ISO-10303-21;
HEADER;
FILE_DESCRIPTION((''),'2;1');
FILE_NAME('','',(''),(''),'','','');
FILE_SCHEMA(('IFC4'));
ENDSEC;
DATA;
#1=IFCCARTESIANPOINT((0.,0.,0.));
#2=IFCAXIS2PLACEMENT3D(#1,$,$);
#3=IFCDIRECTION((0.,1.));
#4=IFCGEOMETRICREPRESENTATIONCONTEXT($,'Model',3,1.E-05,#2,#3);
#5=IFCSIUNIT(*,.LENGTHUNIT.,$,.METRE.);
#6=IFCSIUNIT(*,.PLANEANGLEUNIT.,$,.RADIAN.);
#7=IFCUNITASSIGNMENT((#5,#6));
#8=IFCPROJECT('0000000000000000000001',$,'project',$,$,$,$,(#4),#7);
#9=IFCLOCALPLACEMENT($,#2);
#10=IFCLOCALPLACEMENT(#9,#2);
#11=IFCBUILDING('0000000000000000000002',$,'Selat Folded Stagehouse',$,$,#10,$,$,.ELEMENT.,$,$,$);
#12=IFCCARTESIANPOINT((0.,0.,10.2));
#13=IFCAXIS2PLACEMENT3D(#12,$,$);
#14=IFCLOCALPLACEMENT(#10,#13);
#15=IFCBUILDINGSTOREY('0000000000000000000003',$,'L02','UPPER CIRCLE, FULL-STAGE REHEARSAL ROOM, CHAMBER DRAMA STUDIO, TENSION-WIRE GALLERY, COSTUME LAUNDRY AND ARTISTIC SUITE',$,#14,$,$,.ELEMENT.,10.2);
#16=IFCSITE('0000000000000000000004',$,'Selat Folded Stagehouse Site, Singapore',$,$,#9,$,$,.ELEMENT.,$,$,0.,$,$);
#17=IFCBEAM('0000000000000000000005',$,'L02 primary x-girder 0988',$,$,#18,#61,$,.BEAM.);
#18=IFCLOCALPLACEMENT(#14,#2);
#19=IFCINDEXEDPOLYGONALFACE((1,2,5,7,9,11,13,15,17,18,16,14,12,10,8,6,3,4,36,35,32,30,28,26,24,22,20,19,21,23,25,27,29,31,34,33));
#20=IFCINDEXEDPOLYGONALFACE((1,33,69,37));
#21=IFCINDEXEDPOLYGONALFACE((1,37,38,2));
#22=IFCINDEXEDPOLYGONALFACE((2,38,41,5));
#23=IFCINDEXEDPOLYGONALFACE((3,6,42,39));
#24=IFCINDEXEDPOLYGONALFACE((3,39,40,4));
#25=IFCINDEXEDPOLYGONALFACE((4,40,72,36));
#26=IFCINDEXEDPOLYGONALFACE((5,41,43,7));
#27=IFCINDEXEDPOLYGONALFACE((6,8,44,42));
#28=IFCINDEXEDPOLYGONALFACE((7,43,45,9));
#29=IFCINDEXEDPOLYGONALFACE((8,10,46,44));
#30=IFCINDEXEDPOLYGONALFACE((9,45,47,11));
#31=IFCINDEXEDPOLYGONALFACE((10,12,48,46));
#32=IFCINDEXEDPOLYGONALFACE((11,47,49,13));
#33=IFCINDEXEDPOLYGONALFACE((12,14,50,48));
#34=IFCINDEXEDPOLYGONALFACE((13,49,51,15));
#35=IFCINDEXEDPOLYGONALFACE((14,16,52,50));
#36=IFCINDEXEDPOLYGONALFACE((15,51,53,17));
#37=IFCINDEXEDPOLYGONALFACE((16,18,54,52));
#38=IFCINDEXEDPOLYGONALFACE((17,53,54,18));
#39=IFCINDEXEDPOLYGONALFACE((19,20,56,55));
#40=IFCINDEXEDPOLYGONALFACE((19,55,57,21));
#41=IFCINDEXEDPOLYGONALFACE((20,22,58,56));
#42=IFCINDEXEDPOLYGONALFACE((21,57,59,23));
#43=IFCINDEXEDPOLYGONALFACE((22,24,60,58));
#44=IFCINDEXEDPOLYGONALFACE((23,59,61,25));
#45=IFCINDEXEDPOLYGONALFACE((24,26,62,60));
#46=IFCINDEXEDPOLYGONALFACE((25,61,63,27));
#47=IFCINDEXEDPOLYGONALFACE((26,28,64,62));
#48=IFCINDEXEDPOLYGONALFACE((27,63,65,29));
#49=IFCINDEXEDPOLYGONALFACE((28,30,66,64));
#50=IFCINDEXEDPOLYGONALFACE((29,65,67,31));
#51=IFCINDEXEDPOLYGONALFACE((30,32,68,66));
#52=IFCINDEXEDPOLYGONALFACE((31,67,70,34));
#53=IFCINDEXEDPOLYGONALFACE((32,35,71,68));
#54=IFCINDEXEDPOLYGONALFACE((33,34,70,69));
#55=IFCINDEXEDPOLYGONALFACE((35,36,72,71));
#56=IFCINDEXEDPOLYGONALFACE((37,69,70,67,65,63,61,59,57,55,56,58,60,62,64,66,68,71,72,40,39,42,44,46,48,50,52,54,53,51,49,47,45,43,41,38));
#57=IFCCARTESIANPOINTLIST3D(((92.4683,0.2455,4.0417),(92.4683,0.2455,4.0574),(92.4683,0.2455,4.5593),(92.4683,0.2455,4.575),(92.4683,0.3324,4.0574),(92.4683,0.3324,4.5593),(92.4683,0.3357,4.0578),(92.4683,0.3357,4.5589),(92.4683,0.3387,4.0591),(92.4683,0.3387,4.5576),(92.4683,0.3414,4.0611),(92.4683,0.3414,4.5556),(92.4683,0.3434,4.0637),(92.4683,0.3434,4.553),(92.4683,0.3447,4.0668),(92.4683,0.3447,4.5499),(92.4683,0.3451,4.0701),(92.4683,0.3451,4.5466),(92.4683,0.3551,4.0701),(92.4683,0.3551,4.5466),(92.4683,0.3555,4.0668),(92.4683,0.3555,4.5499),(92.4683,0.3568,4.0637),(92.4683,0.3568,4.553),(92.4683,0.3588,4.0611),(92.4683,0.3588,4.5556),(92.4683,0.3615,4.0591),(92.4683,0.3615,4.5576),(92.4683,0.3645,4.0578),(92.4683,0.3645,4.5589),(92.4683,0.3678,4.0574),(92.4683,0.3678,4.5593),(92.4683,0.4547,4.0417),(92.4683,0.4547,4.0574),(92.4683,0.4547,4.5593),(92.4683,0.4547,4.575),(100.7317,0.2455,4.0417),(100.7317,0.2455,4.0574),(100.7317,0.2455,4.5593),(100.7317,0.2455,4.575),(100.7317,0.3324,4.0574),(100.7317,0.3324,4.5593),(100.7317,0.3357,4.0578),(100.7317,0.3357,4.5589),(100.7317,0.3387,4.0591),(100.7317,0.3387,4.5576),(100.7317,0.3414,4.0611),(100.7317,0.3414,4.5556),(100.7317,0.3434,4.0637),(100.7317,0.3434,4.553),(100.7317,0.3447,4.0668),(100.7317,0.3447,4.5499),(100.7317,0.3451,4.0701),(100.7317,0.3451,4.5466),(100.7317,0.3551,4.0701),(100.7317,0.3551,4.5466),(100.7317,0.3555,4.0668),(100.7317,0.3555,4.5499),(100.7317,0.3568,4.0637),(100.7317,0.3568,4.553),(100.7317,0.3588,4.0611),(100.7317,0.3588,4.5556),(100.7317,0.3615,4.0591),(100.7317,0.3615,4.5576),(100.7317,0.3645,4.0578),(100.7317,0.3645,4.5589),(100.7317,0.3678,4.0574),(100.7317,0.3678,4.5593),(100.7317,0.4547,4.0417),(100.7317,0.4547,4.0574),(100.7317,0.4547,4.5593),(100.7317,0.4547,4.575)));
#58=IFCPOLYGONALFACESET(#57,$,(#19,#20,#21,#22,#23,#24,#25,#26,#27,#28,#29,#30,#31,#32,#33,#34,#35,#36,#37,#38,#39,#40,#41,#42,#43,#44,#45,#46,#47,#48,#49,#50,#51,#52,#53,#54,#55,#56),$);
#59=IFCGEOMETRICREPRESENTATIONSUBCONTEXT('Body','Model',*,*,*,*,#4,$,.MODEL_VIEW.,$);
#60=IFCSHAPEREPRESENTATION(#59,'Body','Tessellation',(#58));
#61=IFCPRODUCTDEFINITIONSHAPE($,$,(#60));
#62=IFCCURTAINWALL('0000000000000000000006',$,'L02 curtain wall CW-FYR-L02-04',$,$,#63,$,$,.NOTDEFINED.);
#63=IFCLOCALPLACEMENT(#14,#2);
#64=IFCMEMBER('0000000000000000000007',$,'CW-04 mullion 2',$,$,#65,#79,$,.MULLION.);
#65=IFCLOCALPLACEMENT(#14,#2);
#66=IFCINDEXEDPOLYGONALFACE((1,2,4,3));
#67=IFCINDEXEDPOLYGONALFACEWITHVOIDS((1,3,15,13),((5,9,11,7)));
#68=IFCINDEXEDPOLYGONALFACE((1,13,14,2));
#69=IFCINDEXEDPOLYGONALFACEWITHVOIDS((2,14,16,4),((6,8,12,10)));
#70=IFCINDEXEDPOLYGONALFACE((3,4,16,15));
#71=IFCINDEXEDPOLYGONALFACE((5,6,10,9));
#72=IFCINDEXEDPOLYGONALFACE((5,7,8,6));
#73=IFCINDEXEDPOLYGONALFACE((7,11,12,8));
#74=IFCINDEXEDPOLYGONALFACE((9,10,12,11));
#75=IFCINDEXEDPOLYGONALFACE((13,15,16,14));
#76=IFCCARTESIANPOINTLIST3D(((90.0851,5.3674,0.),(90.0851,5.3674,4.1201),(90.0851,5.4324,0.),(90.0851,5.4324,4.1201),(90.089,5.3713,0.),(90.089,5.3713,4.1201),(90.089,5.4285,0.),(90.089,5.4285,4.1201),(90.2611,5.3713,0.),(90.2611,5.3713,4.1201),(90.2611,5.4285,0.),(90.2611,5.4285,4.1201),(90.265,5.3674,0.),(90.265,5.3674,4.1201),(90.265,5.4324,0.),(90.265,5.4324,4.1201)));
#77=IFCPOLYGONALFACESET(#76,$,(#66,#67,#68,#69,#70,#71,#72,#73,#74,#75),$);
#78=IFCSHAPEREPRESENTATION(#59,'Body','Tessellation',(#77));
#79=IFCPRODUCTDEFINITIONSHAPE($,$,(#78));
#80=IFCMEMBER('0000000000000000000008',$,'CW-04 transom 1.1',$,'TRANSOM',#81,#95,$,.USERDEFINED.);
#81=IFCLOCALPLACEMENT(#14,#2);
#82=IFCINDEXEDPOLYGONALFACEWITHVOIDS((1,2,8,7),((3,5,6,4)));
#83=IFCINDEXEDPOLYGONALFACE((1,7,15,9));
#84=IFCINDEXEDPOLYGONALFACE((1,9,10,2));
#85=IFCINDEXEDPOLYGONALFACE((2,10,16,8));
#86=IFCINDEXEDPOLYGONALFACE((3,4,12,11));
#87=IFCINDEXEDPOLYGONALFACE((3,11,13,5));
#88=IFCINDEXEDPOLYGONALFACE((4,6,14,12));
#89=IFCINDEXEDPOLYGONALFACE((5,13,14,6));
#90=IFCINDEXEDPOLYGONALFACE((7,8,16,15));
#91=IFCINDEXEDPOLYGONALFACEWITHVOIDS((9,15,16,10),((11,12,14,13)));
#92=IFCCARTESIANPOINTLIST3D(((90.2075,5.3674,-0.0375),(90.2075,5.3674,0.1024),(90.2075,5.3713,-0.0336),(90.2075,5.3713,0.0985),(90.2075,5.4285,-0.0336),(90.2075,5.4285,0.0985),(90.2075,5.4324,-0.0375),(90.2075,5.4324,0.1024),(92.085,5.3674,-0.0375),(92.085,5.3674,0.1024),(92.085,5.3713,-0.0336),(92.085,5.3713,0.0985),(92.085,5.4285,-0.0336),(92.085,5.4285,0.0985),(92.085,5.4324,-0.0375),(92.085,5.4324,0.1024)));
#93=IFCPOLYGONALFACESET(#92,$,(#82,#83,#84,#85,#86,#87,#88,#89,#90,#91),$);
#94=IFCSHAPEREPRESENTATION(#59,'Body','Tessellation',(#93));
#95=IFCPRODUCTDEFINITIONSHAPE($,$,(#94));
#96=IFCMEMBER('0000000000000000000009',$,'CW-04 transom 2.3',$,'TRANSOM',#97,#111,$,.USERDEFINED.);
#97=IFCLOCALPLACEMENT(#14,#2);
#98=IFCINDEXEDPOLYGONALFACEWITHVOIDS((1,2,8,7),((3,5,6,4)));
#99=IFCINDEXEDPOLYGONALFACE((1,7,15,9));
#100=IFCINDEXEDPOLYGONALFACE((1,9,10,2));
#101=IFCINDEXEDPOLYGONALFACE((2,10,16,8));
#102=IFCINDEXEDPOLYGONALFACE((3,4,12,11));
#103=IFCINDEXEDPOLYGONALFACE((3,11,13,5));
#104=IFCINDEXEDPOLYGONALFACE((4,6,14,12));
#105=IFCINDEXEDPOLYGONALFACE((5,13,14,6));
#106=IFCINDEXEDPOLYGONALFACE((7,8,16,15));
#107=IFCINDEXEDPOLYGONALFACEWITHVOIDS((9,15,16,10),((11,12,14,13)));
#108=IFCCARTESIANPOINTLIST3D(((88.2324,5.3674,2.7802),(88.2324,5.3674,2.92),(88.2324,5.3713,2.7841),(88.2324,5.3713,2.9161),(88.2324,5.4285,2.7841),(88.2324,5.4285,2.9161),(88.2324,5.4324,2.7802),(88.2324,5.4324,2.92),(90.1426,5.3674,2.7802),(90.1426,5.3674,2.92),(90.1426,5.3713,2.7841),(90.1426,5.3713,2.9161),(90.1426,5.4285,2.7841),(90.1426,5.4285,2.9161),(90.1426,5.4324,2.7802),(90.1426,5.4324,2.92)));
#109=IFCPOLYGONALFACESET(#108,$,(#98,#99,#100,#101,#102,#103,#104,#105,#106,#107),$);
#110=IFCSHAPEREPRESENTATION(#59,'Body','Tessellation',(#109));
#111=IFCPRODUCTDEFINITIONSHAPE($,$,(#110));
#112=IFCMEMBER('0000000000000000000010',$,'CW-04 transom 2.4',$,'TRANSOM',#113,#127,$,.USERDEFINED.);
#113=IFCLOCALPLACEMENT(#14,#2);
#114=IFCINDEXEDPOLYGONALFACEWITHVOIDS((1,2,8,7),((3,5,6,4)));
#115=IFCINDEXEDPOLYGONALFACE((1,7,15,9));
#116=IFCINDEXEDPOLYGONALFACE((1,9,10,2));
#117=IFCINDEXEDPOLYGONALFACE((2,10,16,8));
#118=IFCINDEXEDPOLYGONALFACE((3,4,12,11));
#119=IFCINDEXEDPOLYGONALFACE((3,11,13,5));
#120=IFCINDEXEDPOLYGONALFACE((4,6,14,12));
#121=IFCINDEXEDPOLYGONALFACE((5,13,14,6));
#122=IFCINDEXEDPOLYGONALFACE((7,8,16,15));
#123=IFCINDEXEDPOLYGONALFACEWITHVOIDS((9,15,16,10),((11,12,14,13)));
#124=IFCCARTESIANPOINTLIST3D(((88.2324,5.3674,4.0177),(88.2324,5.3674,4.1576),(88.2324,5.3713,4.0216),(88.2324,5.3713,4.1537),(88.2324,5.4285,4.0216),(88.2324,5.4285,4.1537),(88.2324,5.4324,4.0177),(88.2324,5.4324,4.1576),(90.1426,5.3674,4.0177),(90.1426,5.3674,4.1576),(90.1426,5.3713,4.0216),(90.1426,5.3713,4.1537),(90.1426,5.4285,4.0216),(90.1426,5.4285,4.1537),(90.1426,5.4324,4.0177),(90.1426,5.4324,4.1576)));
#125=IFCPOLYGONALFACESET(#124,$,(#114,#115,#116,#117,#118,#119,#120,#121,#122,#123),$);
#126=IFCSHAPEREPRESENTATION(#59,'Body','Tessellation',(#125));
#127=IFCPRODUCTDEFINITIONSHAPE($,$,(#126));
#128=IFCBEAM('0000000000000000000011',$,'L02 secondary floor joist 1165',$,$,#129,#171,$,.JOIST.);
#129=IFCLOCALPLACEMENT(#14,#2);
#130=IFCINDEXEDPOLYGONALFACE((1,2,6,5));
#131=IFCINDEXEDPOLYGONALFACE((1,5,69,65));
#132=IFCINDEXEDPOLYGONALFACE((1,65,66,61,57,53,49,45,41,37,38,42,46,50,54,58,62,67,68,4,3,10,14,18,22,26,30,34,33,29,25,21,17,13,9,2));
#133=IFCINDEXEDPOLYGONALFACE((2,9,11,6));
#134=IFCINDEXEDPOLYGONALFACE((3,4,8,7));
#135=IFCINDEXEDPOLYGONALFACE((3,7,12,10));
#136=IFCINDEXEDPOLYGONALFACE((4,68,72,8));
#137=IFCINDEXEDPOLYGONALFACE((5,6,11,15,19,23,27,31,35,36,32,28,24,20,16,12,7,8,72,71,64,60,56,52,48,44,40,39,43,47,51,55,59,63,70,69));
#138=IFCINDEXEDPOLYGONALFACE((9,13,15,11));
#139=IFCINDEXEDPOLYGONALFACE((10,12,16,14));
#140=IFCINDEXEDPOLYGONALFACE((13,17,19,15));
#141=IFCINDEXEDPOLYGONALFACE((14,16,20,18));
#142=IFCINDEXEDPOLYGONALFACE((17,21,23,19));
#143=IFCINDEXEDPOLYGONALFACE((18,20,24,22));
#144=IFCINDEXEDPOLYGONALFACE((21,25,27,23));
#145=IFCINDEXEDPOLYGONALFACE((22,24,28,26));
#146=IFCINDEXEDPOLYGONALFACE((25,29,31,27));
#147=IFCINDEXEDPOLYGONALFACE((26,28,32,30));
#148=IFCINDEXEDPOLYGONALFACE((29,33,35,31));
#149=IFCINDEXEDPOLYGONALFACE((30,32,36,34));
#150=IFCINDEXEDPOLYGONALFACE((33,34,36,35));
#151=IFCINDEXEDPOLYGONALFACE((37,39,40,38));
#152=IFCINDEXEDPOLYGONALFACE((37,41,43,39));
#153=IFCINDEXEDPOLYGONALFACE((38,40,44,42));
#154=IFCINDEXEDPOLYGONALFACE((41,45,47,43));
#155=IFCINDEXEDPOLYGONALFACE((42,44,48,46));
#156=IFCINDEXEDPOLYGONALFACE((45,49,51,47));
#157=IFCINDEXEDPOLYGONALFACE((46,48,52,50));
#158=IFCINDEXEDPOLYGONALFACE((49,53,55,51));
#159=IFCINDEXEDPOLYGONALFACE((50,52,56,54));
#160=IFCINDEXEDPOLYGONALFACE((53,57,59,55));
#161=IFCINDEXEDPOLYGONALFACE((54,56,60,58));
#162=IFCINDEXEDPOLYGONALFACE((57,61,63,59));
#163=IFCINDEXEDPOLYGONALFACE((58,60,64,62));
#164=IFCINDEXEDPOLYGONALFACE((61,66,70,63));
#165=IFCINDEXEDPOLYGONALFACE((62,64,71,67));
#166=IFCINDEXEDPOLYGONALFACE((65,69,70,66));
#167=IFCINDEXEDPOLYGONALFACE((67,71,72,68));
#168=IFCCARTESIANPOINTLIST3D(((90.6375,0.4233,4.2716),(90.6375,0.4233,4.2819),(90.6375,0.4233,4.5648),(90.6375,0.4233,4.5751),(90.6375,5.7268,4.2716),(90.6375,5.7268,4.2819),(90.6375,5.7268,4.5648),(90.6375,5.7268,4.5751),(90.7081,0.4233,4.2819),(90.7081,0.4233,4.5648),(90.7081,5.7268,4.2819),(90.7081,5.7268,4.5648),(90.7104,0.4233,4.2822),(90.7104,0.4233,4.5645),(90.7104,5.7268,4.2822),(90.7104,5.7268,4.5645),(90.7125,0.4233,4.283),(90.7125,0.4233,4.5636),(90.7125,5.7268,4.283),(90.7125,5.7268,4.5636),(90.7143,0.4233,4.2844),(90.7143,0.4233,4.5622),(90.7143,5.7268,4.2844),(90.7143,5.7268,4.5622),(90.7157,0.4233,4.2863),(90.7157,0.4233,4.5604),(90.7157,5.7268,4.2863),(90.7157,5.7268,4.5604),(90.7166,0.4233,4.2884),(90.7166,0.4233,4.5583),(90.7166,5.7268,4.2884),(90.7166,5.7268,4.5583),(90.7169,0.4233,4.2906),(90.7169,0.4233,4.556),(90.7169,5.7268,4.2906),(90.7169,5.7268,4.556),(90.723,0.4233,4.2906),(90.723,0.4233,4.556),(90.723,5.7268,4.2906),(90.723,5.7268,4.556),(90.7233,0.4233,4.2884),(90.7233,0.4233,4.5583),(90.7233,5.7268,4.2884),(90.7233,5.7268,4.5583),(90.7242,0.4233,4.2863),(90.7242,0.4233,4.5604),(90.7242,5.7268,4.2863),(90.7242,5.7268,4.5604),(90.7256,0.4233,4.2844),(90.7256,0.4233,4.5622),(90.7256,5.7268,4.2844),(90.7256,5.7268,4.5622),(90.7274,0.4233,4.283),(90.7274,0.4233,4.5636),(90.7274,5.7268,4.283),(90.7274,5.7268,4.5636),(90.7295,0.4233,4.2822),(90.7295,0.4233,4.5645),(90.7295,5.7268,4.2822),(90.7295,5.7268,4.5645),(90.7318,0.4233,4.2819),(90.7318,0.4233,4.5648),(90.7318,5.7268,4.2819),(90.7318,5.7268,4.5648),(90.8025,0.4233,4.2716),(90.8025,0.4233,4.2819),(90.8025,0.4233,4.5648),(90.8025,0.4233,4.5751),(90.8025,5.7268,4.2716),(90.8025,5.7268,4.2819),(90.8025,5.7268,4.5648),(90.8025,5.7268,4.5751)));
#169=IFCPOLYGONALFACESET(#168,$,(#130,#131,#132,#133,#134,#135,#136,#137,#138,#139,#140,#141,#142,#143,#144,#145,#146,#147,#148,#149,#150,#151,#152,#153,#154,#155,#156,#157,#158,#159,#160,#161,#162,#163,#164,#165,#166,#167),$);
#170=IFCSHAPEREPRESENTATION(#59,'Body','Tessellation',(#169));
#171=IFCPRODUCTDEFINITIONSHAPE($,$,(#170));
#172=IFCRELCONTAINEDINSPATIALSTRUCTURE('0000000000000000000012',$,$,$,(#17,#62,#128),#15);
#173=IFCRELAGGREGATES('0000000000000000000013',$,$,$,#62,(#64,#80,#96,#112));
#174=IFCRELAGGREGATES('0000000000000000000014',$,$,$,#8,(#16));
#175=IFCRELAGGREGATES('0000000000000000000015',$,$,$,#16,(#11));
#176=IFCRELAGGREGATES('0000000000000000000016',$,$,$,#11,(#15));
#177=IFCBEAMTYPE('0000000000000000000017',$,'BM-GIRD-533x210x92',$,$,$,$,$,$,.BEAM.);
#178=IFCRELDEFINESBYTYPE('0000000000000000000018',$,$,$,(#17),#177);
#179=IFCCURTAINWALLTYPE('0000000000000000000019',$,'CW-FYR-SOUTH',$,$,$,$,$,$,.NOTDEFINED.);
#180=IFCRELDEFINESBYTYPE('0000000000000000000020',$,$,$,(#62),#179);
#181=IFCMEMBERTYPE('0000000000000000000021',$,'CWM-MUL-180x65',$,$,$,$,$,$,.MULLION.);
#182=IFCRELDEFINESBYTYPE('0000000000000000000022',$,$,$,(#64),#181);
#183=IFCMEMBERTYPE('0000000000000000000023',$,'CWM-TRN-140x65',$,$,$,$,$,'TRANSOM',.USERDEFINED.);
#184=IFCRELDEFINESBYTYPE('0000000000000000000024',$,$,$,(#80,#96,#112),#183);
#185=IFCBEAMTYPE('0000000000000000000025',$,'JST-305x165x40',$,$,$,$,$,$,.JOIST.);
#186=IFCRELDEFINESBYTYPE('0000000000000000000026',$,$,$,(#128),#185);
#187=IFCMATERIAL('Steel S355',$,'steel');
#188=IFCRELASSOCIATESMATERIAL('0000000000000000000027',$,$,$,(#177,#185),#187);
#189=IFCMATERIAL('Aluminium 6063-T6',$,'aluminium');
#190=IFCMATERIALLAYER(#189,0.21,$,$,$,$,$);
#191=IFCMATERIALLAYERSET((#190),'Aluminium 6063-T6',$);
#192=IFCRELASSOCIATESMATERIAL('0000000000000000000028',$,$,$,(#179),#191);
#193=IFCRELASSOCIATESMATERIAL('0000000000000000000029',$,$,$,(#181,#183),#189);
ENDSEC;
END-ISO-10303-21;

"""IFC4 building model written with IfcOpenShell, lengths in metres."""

from ifc_helpers import new_model, si_unit, direction, frame, origin, origin_2d, place, context, subcontext, project, spatial, hollow_rectangle, i_section, extrude, material, layer, layer_set, material_profile, profile_set, type_object, element, aggregate, save


model = new_model("IFC4")

# Units and contexts
model_context = context("Model", 3, precision=1e-05, world=origin(), true_north=direction((0.0, 1.0)))
body_context = subcontext(model_context, "Body", "Model", "MODEL_VIEW")
ifc_project = project(units=[si_unit("LENGTHUNIT", "METRE"), si_unit("PLANEANGLEUNIT", "RADIAN")], contexts=[model_context])

# Site, building, storey
site_placement = place(None, origin())
site = spatial("IfcSite", under=ifc_project, at=site_placement, Name="Selat Folded Stagehouse Site, Singapore", CompositionType="ELEMENT", RefElevation=0.0)
building_placement = place(site_placement, origin())
building = spatial("IfcBuilding", under=site, at=building_placement, Name="Selat Folded Stagehouse", CompositionType="ELEMENT")
storey_placement = place(building_placement, frame((0.0, 0.0, 10.2)))
storey = spatial("IfcBuildingStorey", under=building, at=storey_placement, Name="L02", Description="UPPER CIRCLE, FULL-STAGE REHEARSAL ROOM, CHAMBER DRAMA STUDIO, TENSION-WIRE GALLERY, COSTUME LAUNDRY AND ARTISTIC SUITE", CompositionType="ELEMENT", Elevation=10.2)

# Shared definitions
ifc_material_1 = material(Name="Steel S355", Category="steel")

# Beam
ifc_material_profile_1 = material_profile(ifc_material_1, i_section(OverallWidth=0.2092, OverallDepth=0.5332, WebThickness=0.01, FlangeThickness=0.0156, FilletRadius=0.0127, at=origin_2d()), Name="UKB 533x210x92")
ifc_profile_set_1 = profile_set([ifc_material_profile_1], Name="Steel S355")
beam_type_1 = type_object("IfcBeamType", Name="BM-GIRD-533x210x92", PredefinedType="BEAM", material=ifc_profile_set_1)
beam_placement = place(storey_placement, frame((92.4683, 0.3501, 4.3083), z_axis=(1.0, 0.0, 0.0), x_axis=(0.0, 1.0, 0.0)))
element("IfcBeam", 1, at=beam_placement, inside=storey, type_object=beam_type_1, Name="L02 primary x-girder 0988", PredefinedType="BEAM", context=body_context, shape_type="SweptSolid", body=[
    extrude(i_section(OverallWidth=0.2092, OverallDepth=0.5332, WebThickness=0.01, FlangeThickness=0.0156, FilletRadius=0.0127, at=origin_2d()), origin(), (0.0, 0.0, 1.0), 8.2634),
])

# Curtain wall, members
ifc_material_2 = material(Name="Aluminium 6063-T6", Category="aluminium")
ifc_layer_1 = layer(ifc_material_2, 0.21)
ifc_layer_set_1 = layer_set([ifc_layer_1], Name="Aluminium 6063-T6")
curtain_wall_type = type_object("IfcCurtainWallType", Name="CW-FYR-SOUTH", PredefinedType="NOTDEFINED", material=ifc_layer_set_1)
curtain_wall_placement = place(storey_placement, origin())
curtain_wall = element("IfcCurtainWall", 2, at=curtain_wall_placement, inside=storey, type_object=curtain_wall_type, Name="L02 curtain wall CW-FYR-L02-04", PredefinedType="NOTDEFINED")
ifc_material_profile_2 = material_profile(ifc_material_2, hollow_rectangle(XDim=0.0649, YDim=0.1799, WallThickness=0.0039, at=origin_2d()), Name="ALU 180x65x4.0")
ifc_profile_set_2 = profile_set([ifc_material_profile_2], Name="Aluminium 6063-T6")
member_type_1 = type_object("IfcMemberType", Name="CWM-MUL-180x65", PredefinedType="MULLION", material=ifc_profile_set_2)
member_1_placement = place(storey_placement, frame((90.175, 5.3999, 0.0), z_axis=(0.0, 0.0, 1.0), x_axis=(0.0, -1.0, 0.0)))
member_1 = element("IfcMember", 3, at=member_1_placement, type_object=member_type_1, Name="CW-04 mullion 2", PredefinedType="MULLION", context=body_context, shape_type="SweptSolid", body=[
    extrude(hollow_rectangle(XDim=0.0649, YDim=0.1799, WallThickness=0.0039, at=origin_2d()), origin(), (0.0, 0.0, 1.0), 4.1201),
])
ifc_material_profile_3 = material_profile(ifc_material_2, hollow_rectangle(XDim=0.0649, YDim=0.1399, WallThickness=0.0039, at=origin_2d()), Name="ALU 140x65x4.0")
ifc_profile_set_3 = profile_set([ifc_material_profile_3], Name="Aluminium 6063-T6")
member_type_2 = type_object("IfcMemberType", Name="CWM-TRN-140x65", ElementType="TRANSOM", PredefinedType="USERDEFINED", material=ifc_profile_set_3)
member_2_placement = place(storey_placement, frame((92.085, 5.3999, 0.0325), z_axis=(-1.0, 0.0, 0.0), x_axis=(0.0, -1.0, 0.0)))
member_2 = element("IfcMember", 4, at=member_2_placement, type_object=member_type_2, Name="CW-04 transom 1.1", ObjectType="TRANSOM", PredefinedType="USERDEFINED", context=body_context, shape_type="SweptSolid", body=[
    extrude(hollow_rectangle(XDim=0.0649, YDim=0.1399, WallThickness=0.0039, at=origin_2d()), origin(), (0.0, 0.0, 1.0), 1.8774),
])
member_3_placement = place(storey_placement, frame((90.1426, 5.3999, 2.8501), z_axis=(-1.0, 0.0, 0.0), x_axis=(0.0, -1.0, 0.0)))
member_3 = element("IfcMember", 5, at=member_3_placement, type_object=member_type_2, Name="CW-04 transom 2.3", ObjectType="TRANSOM", PredefinedType="USERDEFINED", context=body_context, shape_type="SweptSolid", body=[
    extrude(hollow_rectangle(XDim=0.0649, YDim=0.1399, WallThickness=0.0039, at=origin_2d()), origin(), (0.0, 0.0, 1.0), 1.9102),
])
member_4_placement = place(storey_placement, frame((90.1426, 5.3999, 4.0876), z_axis=(-1.0, 0.0, 0.0), x_axis=(0.0, -1.0, 0.0)))
member_4 = element("IfcMember", 6, at=member_4_placement, type_object=member_type_2, Name="CW-04 transom 2.4", ObjectType="TRANSOM", PredefinedType="USERDEFINED", context=body_context, shape_type="SweptSolid", body=[
    extrude(hollow_rectangle(XDim=0.0649, YDim=0.1399, WallThickness=0.0039, at=origin_2d()), origin(), (0.0, 0.0, 1.0), 1.9102),
])

# Beam
ifc_material_profile_4 = material_profile(ifc_material_1, i_section(OverallWidth=0.165, OverallDepth=0.3035, WebThickness=0.0061, FlangeThickness=0.0103, FilletRadius=0.0088, at=origin_2d()), Name="UKB 305x165x40")
ifc_profile_set_4 = profile_set([ifc_material_profile_4], Name="Steel S355")
beam_type_2 = type_object("IfcBeamType", Name="JST-305x165x40", PredefinedType="JOIST", material=ifc_profile_set_4)
for number, where, z_axis, x_axis, name in (
    (7, (90.72, 0.4233, 4.4233), (0.0, 1.0, 0.0), (-1.0, 0.0, 0.0), "L02 secondary floor joist 1165"),
):
    element("IfcBeam", number, at=place(storey_placement, frame(where, z_axis=z_axis, x_axis=x_axis)), inside=storey, type_object=beam_type_2, Name=name, PredefinedType="JOIST", context=body_context, shape_type="SweptSolid", body=[
        extrude(i_section(OverallWidth=0.165, OverallDepth=0.3035, WebThickness=0.0061, FlangeThickness=0.0103, FilletRadius=0.0088, at=origin_2d()), origin(), (0.0, 0.0, 1.0), 5.3035),
    ])

aggregate(curtain_wall, [member_1, member_2, member_3, member_4])

save(model, "model.ifc")
